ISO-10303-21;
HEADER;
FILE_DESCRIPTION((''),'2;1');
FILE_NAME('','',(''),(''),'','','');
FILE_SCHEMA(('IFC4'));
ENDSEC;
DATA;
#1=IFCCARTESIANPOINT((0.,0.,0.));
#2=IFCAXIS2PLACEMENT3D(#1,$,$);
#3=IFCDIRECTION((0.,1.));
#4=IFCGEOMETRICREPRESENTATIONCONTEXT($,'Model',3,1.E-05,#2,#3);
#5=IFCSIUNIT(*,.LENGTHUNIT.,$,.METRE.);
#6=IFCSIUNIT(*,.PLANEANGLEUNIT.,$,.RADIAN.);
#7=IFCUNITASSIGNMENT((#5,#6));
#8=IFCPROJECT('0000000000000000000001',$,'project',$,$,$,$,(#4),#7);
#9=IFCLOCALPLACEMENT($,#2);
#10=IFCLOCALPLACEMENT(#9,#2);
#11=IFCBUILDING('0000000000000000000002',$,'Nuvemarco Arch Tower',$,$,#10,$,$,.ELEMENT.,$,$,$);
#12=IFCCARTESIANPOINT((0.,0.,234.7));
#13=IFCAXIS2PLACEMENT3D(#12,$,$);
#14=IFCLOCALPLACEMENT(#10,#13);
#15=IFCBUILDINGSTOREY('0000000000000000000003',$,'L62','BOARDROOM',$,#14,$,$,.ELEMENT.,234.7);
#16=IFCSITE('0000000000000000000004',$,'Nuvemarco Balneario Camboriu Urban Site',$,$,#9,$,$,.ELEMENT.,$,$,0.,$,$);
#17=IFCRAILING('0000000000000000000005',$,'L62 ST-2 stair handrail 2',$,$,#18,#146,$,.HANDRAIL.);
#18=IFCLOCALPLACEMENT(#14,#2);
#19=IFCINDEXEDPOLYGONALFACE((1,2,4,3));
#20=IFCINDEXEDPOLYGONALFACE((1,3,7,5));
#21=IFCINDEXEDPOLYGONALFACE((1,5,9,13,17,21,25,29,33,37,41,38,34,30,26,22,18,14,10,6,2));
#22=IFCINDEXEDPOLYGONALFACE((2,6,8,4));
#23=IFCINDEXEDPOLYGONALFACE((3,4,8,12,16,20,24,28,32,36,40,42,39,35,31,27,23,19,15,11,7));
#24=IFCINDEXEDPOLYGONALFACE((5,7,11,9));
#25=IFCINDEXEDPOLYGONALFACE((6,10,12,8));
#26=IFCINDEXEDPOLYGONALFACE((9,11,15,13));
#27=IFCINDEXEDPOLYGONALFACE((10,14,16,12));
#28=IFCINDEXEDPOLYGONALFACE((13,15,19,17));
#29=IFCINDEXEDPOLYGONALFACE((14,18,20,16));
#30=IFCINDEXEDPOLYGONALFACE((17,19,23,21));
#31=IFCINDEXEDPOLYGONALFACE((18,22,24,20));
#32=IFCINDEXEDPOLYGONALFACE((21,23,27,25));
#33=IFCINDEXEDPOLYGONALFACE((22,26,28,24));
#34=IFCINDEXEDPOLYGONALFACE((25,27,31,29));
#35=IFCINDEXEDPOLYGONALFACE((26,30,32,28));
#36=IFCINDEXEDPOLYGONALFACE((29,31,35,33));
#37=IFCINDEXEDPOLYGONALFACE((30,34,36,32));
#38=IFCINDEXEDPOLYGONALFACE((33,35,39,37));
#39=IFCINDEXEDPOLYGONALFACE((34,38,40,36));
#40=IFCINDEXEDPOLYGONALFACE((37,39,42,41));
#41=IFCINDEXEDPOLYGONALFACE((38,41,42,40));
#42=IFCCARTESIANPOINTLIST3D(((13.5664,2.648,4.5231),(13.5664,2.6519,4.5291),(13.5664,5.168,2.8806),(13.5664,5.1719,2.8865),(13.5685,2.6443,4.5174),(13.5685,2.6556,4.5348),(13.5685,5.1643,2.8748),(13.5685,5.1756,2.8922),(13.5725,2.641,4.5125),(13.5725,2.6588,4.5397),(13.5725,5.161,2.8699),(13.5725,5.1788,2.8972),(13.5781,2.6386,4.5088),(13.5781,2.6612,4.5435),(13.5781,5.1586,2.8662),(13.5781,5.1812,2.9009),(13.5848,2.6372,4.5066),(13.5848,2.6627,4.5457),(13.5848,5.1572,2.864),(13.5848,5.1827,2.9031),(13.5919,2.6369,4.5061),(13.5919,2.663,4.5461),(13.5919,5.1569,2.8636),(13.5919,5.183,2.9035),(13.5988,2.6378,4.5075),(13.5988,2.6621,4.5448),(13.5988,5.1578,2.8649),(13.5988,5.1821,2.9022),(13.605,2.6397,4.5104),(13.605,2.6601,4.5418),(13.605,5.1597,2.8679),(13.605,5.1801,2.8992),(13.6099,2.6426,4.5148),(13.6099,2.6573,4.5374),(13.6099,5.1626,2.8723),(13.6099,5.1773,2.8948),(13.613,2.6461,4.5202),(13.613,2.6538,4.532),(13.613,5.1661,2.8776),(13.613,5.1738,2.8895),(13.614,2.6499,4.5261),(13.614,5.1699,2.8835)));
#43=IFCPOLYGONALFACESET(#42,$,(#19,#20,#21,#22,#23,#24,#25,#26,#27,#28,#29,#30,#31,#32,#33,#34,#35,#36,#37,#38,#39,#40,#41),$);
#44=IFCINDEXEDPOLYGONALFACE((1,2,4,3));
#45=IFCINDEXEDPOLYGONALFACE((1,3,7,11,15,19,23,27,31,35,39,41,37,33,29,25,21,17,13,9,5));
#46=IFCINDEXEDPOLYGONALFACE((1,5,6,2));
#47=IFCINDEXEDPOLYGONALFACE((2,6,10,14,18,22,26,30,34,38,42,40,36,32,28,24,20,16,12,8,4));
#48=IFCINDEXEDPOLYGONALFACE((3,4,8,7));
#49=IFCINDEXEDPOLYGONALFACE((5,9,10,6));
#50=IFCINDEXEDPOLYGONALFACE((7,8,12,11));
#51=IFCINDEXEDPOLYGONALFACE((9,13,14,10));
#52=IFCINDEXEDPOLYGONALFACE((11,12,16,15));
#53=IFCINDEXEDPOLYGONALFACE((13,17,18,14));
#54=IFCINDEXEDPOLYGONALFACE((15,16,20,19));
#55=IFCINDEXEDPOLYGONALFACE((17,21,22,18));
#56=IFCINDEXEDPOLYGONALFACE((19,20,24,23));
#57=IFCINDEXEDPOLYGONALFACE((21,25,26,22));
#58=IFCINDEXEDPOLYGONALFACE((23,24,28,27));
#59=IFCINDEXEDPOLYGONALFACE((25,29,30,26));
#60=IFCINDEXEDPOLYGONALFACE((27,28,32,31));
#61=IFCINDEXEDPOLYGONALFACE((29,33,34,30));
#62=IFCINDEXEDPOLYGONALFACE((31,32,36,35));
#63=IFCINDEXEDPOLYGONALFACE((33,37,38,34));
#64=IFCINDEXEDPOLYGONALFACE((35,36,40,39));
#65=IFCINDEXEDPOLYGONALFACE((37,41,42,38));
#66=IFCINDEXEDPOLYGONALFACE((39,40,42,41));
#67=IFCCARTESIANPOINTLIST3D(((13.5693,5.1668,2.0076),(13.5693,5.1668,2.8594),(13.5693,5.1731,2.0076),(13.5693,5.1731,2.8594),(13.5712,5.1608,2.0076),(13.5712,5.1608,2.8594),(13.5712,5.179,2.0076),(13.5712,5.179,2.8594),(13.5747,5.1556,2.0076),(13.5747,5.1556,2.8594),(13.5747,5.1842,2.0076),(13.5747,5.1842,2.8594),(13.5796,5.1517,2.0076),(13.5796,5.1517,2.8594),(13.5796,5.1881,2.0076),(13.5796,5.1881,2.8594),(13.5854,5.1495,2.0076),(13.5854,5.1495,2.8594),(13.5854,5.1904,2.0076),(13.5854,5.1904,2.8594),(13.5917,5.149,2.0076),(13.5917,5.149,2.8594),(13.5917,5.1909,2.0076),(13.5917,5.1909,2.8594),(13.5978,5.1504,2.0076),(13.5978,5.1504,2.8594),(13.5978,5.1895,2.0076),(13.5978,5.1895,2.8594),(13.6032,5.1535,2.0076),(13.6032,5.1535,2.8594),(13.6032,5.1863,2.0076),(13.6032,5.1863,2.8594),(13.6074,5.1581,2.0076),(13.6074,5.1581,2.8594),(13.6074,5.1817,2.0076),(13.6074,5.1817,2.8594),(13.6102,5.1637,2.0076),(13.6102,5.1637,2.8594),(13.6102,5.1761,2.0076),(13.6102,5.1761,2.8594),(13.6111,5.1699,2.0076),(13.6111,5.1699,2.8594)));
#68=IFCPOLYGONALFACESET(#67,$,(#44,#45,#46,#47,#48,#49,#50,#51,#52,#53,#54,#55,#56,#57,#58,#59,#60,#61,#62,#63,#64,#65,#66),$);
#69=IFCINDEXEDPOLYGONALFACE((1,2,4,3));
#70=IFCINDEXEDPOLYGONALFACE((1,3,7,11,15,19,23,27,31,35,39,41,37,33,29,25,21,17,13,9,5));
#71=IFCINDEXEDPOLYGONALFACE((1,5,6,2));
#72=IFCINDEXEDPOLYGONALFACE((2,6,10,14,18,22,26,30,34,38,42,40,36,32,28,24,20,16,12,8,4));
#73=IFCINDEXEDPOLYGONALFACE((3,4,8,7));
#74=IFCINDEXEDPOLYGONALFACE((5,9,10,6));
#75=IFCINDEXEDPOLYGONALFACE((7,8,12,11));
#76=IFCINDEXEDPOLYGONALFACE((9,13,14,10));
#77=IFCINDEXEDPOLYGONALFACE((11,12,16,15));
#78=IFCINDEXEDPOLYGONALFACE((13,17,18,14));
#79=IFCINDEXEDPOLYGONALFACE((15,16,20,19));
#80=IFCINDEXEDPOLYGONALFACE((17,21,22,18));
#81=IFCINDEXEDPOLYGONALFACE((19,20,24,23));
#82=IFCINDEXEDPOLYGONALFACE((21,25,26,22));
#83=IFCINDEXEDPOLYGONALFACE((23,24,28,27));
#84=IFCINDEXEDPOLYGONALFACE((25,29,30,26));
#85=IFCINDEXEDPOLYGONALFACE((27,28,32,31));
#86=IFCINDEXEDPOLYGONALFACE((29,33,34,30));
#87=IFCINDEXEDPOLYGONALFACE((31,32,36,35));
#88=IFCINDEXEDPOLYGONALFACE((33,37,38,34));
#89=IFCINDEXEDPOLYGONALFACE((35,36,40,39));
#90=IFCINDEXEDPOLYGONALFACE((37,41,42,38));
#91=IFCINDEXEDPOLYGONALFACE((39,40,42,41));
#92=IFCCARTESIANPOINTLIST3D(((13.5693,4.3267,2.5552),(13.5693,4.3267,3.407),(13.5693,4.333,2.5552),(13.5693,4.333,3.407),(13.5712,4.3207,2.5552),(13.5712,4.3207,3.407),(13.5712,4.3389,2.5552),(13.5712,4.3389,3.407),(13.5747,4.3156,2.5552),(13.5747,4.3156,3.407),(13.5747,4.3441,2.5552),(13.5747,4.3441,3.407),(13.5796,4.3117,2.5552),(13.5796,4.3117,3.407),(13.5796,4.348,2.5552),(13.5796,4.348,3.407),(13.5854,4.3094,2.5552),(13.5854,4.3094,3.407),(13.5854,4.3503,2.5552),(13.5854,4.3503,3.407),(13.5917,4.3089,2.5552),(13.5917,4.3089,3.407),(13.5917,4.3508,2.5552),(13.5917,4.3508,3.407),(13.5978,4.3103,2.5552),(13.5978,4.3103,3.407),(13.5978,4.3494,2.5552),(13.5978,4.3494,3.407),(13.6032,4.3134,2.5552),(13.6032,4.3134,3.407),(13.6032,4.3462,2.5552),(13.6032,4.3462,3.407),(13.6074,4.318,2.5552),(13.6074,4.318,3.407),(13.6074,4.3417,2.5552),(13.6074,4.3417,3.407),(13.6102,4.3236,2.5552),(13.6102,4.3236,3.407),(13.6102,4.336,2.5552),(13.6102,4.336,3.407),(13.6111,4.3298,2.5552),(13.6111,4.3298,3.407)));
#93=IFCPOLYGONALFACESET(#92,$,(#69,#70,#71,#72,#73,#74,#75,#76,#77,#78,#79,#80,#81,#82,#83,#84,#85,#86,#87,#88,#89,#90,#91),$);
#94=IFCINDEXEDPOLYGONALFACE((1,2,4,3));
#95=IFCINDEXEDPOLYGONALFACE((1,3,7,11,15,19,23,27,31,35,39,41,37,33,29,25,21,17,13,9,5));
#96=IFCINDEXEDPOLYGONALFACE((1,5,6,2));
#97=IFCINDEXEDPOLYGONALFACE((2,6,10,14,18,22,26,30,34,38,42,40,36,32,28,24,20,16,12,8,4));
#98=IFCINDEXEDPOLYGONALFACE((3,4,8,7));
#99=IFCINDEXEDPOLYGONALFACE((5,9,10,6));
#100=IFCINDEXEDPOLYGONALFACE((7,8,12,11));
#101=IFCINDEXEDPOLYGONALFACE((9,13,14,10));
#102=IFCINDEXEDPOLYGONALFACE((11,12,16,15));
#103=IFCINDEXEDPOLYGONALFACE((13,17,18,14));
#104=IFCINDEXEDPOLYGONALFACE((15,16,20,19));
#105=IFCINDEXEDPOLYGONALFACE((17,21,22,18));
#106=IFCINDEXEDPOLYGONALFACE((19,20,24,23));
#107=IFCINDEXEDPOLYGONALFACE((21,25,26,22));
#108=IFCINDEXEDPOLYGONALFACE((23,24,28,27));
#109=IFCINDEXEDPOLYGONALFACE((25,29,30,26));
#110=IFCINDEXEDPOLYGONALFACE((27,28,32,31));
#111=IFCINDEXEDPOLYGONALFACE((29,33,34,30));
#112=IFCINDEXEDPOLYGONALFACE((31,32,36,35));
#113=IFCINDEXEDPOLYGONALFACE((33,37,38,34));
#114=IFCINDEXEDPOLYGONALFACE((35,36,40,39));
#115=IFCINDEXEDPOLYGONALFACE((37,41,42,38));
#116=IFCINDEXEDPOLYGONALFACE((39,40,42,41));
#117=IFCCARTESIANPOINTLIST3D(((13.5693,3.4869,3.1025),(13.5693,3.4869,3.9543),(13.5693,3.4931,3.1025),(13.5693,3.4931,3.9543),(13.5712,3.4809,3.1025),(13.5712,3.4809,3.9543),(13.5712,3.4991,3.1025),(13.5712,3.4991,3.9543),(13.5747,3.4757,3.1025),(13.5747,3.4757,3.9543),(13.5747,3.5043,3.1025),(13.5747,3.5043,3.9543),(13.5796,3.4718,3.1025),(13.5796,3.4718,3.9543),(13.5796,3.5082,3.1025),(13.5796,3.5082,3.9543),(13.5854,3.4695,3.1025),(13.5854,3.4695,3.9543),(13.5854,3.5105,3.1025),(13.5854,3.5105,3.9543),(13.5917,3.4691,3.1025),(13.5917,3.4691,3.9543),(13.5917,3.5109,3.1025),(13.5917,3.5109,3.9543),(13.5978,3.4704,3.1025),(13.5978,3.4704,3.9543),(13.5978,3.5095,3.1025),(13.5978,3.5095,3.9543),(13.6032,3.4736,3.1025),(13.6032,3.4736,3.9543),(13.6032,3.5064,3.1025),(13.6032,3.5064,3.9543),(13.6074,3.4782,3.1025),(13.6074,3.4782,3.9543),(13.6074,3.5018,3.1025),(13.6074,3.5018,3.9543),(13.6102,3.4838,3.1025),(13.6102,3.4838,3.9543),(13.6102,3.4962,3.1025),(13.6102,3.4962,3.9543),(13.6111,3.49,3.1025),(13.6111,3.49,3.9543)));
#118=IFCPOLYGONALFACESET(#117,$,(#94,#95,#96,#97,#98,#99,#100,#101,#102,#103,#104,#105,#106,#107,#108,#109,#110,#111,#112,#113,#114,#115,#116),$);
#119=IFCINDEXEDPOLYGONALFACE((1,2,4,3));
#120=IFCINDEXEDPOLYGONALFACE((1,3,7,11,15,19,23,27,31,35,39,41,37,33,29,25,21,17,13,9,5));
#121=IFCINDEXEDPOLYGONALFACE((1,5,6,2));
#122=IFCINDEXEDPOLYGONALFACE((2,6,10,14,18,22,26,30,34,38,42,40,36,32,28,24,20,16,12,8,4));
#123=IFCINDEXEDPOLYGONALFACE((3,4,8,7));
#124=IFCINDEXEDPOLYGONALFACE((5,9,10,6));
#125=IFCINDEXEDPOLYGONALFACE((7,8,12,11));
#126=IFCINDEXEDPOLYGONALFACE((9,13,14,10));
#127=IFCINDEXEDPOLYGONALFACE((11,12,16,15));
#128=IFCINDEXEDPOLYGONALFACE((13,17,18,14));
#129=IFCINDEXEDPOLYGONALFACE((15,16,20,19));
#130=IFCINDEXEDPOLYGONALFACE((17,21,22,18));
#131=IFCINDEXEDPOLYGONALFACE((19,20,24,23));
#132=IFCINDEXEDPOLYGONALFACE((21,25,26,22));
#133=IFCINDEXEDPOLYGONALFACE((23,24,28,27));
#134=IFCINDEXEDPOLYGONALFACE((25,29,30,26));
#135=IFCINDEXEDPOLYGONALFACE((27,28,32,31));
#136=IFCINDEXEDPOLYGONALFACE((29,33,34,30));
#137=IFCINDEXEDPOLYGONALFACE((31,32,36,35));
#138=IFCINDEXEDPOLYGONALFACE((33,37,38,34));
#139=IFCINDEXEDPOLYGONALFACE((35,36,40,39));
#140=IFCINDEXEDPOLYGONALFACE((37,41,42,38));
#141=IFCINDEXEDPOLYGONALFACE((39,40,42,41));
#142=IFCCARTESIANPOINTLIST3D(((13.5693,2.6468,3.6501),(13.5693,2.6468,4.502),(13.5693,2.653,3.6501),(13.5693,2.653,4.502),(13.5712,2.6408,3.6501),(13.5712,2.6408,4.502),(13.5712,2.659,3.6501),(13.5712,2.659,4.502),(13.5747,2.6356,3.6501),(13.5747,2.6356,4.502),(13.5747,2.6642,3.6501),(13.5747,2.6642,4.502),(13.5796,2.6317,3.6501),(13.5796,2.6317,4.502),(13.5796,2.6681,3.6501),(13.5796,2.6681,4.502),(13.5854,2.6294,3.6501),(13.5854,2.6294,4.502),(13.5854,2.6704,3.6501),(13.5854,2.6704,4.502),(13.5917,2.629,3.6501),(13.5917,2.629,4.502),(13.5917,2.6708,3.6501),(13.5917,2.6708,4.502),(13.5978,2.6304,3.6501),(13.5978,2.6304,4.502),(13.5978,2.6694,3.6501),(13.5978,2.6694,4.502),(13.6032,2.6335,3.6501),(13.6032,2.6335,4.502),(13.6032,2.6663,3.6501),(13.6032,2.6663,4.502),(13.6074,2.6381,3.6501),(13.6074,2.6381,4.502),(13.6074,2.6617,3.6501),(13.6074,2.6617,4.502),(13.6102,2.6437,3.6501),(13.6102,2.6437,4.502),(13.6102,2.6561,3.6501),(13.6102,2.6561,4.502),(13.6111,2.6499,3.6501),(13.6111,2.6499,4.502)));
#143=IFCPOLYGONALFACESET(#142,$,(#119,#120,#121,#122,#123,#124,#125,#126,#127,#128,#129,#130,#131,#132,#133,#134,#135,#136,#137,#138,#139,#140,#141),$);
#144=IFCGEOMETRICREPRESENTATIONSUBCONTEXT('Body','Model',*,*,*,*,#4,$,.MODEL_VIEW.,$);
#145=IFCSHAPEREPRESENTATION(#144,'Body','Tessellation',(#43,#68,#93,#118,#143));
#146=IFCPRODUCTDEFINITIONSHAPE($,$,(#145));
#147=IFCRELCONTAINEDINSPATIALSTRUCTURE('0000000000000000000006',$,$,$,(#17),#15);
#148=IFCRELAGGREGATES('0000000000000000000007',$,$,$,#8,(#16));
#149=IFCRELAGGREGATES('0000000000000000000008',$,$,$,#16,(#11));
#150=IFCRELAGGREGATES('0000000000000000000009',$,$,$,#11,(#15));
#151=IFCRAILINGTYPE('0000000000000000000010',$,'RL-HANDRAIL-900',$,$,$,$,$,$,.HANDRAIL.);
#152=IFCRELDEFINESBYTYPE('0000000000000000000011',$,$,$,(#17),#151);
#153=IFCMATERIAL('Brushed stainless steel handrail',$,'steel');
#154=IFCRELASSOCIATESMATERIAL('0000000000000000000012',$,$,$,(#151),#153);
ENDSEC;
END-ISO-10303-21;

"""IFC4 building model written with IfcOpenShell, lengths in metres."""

from ifc_helpers import new_model, si_unit, direction, frame, origin, origin_2d, place, context, subcontext, project, spatial, circle, extrude, material, type_object, element, save


model = new_model("IFC4")

# Units and contexts
model_context = context("Model", 3, precision=1e-05, world=origin(), true_north=direction((0.0, 1.0)))
body_context = subcontext(model_context, "Body", "Model", "MODEL_VIEW")
ifc_project = project(units=[si_unit("LENGTHUNIT", "METRE"), si_unit("PLANEANGLEUNIT", "RADIAN")], contexts=[model_context])

# Site, building, storey
site_placement = place(None, origin())
site = spatial("IfcSite", under=ifc_project, at=site_placement, Name="Nuvemarco Balneario Camboriu Urban Site", CompositionType="ELEMENT", RefElevation=0.0)
building_placement = place(site_placement, origin())
building = spatial("IfcBuilding", under=site, at=building_placement, Name="Nuvemarco Arch Tower", CompositionType="ELEMENT")
storey_placement = place(building_placement, frame((0.0, 0.0, 234.7)))
storey = spatial("IfcBuildingStorey", under=building, at=storey_placement, Name="L62", Description="BOARDROOM", CompositionType="ELEMENT", Elevation=234.7)

# Railing
ifc_material_1 = material(Name="Brushed stainless steel handrail", Category="steel")
railing_type_1 = type_object("IfcRailingType", Name="RL-HANDRAIL-900", PredefinedType="HANDRAIL", material=ifc_material_1)
railing_1_placement = place(storey_placement, frame((13.5901, 5.1699, 2.0076)))
element("IfcRailing", 1, at=railing_1_placement, inside=storey, type_object=railing_type_1, Name="L62 ST-2 stair handrail 2", PredefinedType="HANDRAIL", context=body_context, shape_type="SweptSolid", body=[
    extrude(circle(Radius=0.0239, at=origin_2d()), frame((0.0, 0.0, 0.876), z_axis=(0.0, -0.837749, 0.546055), x_axis=(1.0, 0.0, 0.0)), (0.0, 0.0, 1.0), 3.0081),
    extrude(circle(Radius=0.021, at=origin_2d()), origin(), (0.0, 0.0, 1.0), 0.8518),
    extrude(circle(Radius=0.021, at=origin_2d()), frame((0.0, -0.8401, 0.5476)), (0.0, 0.0, 1.0), 0.8518),
    extrude(circle(Radius=0.021, at=origin_2d()), frame((0.0, -1.6799, 1.095)), (0.0, 0.0, 1.0), 0.8518),
    extrude(circle(Radius=0.021, at=origin_2d()), frame((0.0, -2.52, 1.6426)), (0.0, 0.0, 1.0), 0.8518),
])

save(model, "model.ifc")
